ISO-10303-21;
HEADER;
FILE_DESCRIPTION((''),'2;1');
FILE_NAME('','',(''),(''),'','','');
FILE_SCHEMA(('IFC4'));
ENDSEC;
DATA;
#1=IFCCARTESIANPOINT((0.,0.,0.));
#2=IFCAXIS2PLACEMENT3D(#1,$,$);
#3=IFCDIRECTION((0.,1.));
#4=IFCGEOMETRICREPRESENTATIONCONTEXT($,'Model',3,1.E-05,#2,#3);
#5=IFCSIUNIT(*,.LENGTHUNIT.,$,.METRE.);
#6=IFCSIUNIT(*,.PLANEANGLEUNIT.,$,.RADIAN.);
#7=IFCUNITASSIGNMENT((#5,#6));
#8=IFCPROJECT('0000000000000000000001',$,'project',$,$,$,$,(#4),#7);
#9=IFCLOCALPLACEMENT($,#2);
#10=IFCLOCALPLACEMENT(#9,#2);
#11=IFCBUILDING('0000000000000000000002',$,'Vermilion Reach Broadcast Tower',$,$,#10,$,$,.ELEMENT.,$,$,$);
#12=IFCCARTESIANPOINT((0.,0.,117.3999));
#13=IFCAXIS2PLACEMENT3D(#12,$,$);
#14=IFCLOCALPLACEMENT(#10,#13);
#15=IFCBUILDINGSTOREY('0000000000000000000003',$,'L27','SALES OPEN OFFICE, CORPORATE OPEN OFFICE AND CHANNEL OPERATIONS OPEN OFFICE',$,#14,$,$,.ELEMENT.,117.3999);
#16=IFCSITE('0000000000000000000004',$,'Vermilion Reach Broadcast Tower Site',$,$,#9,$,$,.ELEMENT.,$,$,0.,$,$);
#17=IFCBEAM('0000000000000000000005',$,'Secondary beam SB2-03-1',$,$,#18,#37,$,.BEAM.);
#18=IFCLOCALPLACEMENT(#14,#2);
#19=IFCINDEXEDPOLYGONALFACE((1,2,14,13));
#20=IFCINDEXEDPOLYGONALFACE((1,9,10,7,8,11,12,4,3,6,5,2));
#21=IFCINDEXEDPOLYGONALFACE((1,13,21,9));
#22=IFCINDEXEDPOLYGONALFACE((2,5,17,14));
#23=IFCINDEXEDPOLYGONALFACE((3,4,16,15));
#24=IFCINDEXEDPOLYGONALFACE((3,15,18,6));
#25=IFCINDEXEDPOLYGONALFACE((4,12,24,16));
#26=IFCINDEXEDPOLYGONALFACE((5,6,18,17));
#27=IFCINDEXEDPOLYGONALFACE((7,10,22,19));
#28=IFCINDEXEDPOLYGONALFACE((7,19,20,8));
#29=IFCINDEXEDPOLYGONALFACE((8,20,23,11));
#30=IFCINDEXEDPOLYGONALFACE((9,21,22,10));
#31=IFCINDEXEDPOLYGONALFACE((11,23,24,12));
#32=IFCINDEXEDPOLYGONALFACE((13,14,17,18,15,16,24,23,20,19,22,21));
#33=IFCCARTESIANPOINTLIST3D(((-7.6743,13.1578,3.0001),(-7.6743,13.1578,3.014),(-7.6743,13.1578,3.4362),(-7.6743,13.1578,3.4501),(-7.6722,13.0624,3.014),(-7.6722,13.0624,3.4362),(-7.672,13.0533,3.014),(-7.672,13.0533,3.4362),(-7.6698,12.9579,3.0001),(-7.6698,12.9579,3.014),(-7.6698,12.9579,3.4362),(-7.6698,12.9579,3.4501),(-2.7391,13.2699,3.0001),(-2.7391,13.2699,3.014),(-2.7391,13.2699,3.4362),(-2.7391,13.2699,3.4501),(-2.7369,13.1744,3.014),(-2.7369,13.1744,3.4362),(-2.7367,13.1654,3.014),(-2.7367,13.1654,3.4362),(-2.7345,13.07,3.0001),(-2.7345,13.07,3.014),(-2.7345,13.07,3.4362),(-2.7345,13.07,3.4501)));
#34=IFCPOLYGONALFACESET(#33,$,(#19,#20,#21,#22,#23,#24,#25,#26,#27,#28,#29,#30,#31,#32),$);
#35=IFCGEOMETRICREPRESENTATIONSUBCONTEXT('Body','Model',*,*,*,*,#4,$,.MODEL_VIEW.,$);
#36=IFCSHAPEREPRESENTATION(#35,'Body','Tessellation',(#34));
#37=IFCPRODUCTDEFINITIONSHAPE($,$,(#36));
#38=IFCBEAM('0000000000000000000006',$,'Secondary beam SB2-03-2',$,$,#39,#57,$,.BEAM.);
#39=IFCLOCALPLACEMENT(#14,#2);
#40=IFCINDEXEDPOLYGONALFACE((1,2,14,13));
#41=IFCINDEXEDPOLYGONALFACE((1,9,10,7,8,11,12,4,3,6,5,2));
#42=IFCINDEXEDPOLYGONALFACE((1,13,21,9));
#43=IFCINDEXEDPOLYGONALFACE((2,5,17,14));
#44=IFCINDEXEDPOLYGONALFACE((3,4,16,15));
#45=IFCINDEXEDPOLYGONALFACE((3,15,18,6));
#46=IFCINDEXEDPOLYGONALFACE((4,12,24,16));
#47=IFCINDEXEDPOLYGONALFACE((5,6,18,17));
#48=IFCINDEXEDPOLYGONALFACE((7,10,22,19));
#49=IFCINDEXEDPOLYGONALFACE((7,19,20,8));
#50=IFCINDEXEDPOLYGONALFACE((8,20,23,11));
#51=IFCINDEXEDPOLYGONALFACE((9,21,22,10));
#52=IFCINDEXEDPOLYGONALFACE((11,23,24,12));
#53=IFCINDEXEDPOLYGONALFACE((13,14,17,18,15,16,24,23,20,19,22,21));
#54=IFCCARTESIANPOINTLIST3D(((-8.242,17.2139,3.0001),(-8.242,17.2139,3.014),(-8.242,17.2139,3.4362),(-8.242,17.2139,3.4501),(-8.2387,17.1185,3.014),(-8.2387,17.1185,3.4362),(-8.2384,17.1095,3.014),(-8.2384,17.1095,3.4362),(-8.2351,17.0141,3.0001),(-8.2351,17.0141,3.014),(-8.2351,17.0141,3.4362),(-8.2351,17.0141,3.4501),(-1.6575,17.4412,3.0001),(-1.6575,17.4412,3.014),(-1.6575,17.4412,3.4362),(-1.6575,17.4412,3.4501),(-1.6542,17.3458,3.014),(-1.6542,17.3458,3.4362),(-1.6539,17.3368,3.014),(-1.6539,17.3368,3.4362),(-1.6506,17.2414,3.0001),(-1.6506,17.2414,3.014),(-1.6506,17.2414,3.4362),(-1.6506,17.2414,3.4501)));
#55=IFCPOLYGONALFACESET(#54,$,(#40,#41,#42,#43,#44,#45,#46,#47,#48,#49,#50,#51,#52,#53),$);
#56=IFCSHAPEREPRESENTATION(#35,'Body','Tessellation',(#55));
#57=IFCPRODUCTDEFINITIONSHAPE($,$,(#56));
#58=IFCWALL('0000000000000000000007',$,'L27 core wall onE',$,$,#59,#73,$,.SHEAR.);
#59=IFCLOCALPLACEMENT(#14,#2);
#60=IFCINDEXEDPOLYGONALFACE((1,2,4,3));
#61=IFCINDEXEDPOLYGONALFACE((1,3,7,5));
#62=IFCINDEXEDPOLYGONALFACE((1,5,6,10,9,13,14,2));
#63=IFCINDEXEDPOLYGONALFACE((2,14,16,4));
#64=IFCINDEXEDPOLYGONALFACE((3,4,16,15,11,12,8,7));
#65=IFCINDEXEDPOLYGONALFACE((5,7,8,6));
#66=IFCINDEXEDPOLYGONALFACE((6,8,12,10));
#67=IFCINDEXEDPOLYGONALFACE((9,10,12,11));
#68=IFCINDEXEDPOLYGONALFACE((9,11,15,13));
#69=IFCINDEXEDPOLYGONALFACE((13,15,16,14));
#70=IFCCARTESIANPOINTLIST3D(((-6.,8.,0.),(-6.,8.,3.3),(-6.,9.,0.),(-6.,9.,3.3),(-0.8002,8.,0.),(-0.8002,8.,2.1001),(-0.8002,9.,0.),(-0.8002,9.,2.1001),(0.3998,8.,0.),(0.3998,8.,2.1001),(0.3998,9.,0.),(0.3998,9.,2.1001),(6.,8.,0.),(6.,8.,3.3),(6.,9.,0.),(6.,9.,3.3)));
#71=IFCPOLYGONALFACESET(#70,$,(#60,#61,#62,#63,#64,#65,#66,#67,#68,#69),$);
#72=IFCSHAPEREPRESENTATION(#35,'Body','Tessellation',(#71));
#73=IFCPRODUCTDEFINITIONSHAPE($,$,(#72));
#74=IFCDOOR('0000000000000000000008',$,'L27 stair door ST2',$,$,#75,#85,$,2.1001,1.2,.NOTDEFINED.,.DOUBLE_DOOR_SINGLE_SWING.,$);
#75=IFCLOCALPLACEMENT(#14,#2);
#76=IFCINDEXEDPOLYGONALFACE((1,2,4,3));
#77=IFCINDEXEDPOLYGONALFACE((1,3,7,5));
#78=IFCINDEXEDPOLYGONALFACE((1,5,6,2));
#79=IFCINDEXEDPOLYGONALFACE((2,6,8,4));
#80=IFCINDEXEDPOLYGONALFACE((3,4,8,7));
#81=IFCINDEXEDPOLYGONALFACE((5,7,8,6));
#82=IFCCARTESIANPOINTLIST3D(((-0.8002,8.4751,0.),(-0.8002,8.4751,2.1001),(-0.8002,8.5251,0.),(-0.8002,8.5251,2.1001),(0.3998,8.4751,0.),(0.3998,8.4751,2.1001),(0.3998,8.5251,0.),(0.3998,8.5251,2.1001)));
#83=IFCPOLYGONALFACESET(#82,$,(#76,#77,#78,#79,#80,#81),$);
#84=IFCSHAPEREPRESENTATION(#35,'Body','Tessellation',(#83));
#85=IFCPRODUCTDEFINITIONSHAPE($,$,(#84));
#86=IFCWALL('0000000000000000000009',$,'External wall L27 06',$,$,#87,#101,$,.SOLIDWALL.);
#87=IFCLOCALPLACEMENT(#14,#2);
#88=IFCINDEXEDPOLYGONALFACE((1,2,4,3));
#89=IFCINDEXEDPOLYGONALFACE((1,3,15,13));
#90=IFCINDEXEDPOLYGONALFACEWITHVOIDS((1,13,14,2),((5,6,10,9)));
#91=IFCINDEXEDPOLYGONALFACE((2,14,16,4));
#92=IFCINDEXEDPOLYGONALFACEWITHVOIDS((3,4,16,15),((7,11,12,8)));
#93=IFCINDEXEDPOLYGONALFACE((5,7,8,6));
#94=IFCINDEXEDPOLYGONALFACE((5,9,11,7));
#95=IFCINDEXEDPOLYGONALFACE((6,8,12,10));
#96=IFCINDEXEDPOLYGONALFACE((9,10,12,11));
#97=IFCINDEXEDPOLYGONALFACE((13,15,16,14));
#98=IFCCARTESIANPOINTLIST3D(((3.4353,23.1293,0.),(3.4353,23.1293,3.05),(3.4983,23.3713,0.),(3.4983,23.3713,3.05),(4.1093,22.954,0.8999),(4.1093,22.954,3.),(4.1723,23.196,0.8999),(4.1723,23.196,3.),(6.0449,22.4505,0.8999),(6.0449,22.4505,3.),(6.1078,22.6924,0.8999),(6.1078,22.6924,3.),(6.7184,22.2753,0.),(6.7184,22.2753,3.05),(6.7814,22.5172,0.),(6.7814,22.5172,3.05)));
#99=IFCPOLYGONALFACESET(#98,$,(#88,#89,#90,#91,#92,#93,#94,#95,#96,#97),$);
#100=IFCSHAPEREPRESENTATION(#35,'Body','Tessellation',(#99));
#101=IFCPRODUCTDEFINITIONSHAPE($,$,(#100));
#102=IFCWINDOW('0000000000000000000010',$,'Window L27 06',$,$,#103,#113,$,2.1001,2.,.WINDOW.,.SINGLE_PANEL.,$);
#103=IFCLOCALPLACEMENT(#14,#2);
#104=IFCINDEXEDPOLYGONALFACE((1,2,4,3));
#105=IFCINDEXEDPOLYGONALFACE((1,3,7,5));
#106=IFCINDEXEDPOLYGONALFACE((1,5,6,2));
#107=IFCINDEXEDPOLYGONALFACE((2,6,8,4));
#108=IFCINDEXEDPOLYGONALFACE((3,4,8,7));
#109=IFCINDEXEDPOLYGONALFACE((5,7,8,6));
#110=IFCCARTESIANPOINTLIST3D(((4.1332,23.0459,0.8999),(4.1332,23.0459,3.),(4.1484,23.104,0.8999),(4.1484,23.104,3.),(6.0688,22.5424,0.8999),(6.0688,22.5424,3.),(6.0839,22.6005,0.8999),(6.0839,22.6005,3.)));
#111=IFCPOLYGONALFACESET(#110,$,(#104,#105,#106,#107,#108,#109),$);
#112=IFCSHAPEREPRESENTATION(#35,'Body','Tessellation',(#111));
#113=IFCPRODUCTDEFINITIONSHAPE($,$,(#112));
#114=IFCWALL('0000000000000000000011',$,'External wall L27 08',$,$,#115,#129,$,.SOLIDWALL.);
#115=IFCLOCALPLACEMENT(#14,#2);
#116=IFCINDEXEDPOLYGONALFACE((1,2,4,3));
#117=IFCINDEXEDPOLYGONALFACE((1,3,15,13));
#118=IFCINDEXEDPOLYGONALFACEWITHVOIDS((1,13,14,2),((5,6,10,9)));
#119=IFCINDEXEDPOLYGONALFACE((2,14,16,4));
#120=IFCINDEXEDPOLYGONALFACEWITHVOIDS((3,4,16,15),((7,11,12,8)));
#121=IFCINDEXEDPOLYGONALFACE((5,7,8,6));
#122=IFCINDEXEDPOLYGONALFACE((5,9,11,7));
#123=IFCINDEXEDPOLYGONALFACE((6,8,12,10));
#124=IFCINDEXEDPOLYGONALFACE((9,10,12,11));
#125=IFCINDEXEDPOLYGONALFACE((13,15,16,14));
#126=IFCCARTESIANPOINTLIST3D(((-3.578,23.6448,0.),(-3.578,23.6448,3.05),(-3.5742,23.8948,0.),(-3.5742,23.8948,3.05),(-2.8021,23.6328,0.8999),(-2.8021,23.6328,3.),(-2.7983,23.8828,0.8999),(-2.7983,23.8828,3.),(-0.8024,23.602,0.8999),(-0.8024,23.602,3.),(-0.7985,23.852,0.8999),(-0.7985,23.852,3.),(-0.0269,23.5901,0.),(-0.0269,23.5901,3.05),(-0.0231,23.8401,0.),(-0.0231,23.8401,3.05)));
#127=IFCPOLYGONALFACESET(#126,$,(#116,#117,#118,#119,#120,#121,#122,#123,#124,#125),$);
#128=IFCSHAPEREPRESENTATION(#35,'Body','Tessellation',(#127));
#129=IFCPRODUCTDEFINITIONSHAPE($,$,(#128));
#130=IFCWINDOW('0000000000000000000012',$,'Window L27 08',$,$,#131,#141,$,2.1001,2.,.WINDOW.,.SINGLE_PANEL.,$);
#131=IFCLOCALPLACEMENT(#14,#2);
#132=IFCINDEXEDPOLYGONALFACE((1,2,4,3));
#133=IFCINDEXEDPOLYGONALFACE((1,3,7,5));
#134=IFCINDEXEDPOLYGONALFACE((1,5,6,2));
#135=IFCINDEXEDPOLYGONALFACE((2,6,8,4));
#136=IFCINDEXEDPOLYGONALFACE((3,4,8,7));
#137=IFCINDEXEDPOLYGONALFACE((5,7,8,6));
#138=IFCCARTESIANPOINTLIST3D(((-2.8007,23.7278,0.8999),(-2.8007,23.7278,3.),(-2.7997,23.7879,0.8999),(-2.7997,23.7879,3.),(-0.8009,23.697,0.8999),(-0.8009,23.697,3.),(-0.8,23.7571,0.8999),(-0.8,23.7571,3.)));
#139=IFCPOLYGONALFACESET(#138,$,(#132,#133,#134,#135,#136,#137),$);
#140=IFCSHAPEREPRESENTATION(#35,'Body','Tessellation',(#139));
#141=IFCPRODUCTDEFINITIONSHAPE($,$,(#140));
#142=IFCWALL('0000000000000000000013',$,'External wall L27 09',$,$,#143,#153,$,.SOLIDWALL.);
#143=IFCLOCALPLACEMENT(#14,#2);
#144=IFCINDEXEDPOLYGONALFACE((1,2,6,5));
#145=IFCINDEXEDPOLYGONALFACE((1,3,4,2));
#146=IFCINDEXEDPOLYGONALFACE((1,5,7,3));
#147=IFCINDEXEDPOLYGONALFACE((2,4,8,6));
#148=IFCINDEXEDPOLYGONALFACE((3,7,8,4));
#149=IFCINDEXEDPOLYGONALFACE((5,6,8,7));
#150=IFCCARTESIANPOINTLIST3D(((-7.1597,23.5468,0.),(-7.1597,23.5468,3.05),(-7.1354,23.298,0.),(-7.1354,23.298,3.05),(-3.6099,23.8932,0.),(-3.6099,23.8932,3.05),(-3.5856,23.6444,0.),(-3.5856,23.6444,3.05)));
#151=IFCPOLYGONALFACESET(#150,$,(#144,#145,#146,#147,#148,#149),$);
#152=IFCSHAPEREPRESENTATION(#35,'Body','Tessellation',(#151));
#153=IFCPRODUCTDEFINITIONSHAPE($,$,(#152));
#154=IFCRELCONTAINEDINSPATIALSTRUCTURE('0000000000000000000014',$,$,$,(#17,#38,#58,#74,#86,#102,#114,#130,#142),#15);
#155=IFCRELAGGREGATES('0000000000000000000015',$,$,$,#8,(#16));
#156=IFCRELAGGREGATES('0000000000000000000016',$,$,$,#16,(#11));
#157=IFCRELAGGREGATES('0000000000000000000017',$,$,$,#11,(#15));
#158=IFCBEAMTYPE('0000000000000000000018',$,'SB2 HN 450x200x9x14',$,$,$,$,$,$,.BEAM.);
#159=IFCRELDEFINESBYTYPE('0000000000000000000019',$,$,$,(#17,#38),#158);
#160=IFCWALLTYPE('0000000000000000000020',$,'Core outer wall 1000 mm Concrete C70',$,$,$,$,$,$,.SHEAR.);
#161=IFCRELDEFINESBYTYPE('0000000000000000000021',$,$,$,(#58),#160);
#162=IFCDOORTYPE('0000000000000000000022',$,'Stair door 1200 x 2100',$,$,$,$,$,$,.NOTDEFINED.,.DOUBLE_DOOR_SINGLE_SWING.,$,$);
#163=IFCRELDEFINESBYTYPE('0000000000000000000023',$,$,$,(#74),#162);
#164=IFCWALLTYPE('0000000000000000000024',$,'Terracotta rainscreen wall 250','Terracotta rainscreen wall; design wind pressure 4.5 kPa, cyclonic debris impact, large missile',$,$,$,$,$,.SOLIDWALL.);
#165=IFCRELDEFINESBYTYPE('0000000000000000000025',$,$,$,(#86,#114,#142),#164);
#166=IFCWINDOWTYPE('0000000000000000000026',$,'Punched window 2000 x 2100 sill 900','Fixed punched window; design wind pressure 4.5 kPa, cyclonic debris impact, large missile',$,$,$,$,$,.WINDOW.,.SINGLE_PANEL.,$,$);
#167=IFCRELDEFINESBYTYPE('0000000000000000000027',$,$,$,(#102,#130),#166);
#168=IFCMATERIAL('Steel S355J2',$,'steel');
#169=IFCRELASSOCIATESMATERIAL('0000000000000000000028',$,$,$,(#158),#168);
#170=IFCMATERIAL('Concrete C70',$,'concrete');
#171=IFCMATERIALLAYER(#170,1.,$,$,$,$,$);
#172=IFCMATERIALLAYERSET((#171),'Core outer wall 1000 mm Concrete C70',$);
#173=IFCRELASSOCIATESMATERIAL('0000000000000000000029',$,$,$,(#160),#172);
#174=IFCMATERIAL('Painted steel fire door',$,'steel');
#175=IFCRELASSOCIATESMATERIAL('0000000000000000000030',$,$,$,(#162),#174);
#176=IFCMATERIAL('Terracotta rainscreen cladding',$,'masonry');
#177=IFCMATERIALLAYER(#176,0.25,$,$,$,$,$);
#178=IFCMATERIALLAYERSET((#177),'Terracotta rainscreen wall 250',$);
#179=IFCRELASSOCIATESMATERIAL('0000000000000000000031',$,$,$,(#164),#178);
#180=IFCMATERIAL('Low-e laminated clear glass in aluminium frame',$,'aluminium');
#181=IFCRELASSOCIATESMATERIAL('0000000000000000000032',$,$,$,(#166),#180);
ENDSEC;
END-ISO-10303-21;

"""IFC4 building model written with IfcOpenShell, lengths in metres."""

from ifc_helpers import new_model, si_unit, direction, frame, frame_2d, origin, origin_2d, place, context, subcontext, project, spatial, rectangle, i_section, extrude, material, layer, layer_set, material_profile, profile_set, type_object, element, fill, save


model = new_model("IFC4")

# Units and contexts
model_context = context("Model", 3, precision=1e-05, world=origin(), true_north=direction((0.0, 1.0)))
body_context = subcontext(model_context, "Body", "Model", "MODEL_VIEW")
ifc_project = project(units=[si_unit("LENGTHUNIT", "METRE"), si_unit("PLANEANGLEUNIT", "RADIAN")], contexts=[model_context])

# Site, building, storey
site_placement = place(None, origin())
site = spatial("IfcSite", under=ifc_project, at=site_placement, Name="Vermilion Reach Broadcast Tower Site", CompositionType="ELEMENT", RefElevation=0.0)
building_placement = place(site_placement, origin())
building = spatial("IfcBuilding", under=site, at=building_placement, Name="Vermilion Reach Broadcast Tower", CompositionType="ELEMENT")
storey_placement = place(building_placement, frame((0.0, 0.0, 117.3999)))
storey = spatial("IfcBuildingStorey", under=building, at=storey_placement, Name="L27", Description="SALES OPEN OFFICE, CORPORATE OPEN OFFICE AND CHANNEL OPERATIONS OPEN OFFICE", CompositionType="ELEMENT", Elevation=117.3999)

# Beams
ifc_material_1 = material(Name="Steel S355J2", Category="steel")
ifc_material_profile_1 = material_profile(ifc_material_1, i_section(OverallWidth=0.2, OverallDepth=0.45, WebThickness=0.009, FlangeThickness=0.0139, at=origin_2d()), Name="S355J2 HN 450x200x9x14")
ifc_profile_set_1 = profile_set([ifc_material_profile_1], Name="Steel S355J2")
beam_type_1 = type_object("IfcBeamType", Name="SB2 HN 450x200x9x14", PredefinedType="BEAM", material=ifc_profile_set_1)
beam_1_placement = place(storey_placement, frame((-2.7368, 13.1699, 3.2251), z_axis=(-0.999742, -0.0227, 0.0), x_axis=(0.0227, -0.999742, 0.0)))
element("IfcBeam", 1, at=beam_1_placement, inside=storey, type_object=beam_type_1, Name="Secondary beam SB2-03-1", PredefinedType="BEAM", context=body_context, shape_type="SweptSolid", body=[
    extrude(i_section(OverallWidth=0.2, OverallDepth=0.45, WebThickness=0.009, FlangeThickness=0.0139, at=origin_2d()), origin(), (0.0, 0.0, 1.0), 4.9365),
])
beam_2_placement = place(storey_placement, frame((-1.6541, 17.3413, 3.2251), z_axis=(-0.999405, -0.034499, 0.0), x_axis=(0.034499, -0.999405, 0.0)))
element("IfcBeam", 2, at=beam_2_placement, inside=storey, type_object=beam_type_1, Name="Secondary beam SB2-03-2", PredefinedType="BEAM", context=body_context, shape_type="SweptSolid", body=[
    extrude(i_section(OverallWidth=0.2, OverallDepth=0.45, WebThickness=0.009, FlangeThickness=0.0139, at=origin_2d()), origin(), (0.0, 0.0, 1.0), 6.5884),
])

# Wall, opening, door
ifc_material_2 = material(Name="Concrete C70", Category="concrete")
ifc_layer_1 = layer(ifc_material_2, 1.0)
ifc_layer_set_1 = layer_set([ifc_layer_1], Name="Core outer wall 1000 mm Concrete C70")
wall_type_1 = type_object("IfcWallType", Name="Core outer wall 1000 mm Concrete C70", PredefinedType="SHEAR", material=ifc_layer_set_1)
wall_1_placement = place(storey_placement, frame((6.0, 8.5, 0.0), z_axis=(0.0, 0.0, 1.0), x_axis=(-1.0, 0.0, 0.0)))
wall_1 = element("IfcWall", 3, at=wall_1_placement, inside=storey, type_object=wall_type_1, Name="L27 core wall onE", PredefinedType="SHEAR", context=body_context, shape_type="SweptSolid", body=[
    extrude(rectangle(XDim=12.0, YDim=1.0, at=frame_2d((6.0, 0.0))), origin(), (0.0, 0.0, 1.0), 3.3),
])
opening_1_placement = place(wall_1_placement, frame((5.6001, 0.0, 0.0)))
opening_1 = element("IfcOpeningElement", 4, at=opening_1_placement, cuts=wall_1, PredefinedType="OPENING", context=body_context, shape_type="SweptSolid", body=[
    extrude(rectangle(XDim=1.2, YDim=2.1001, at=frame_2d((0.6001, 1.05))), frame((0.0, 0.51, 0.0), z_axis=(0.0, -1.0, 0.0), x_axis=(1.0, 0.0, 0.0)), (0.0, 0.0, 1.0), 1.02),
])
ifc_material_3 = material(Name="Painted steel fire door", Category="steel")
door_type_1 = type_object("IfcDoorType", Name="Stair door 1200 x 2100", OperationType="DOUBLE_DOOR_SINGLE_SWING", PredefinedType="NOTDEFINED", material=ifc_material_3)
door_1_placement = place(opening_1_placement, origin())
door_1 = element("IfcDoor", 5, at=door_1_placement, inside=storey, type_object=door_type_1, Name="L27 stair door ST2", OperationType="DOUBLE_DOOR_SINGLE_SWING", OverallHeight=2.1001, OverallWidth=1.2, PredefinedType="NOTDEFINED", context=body_context, shape_type="SweptSolid", body=[
    extrude(rectangle(XDim=1.2, YDim=2.1001, at=frame_2d((0.6001, 1.05))), frame((0.0, 0.0249, 0.0), z_axis=(0.0, -1.0, 0.0), x_axis=(1.0, 0.0, 0.0)), (0.0, 0.0, 1.0), 0.05),
])
fill(opening_1, door_1)

# Wall, opening, window
ifc_material_4 = material(Name="Terracotta rainscreen cladding", Category="masonry")
ifc_layer_2 = layer(ifc_material_4, 0.25)
ifc_layer_set_2 = layer_set([ifc_layer_2], Name="Terracotta rainscreen wall 250")
wall_type_2 = type_object("IfcWallType", Name="Terracotta rainscreen wall 250", Description="Terracotta rainscreen wall; design wind pressure 4.5 kPa, cyclonic debris impact, large missile", PredefinedType="SOLIDWALL", material=ifc_layer_set_2)
wall_2_placement = place(storey_placement, frame((6.75, 22.3962, 0.0), z_axis=(0.0, 0.0, 1.0), x_axis=(-0.967791, 0.251754, 0.0)))
wall_2 = element("IfcWall", 6, at=wall_2_placement, inside=storey, type_object=wall_type_2, Name="External wall L27 06", PredefinedType="SOLIDWALL", context=body_context, shape_type="SweptSolid", body=[
    extrude(rectangle(XDim=3.3923, YDim=0.25, at=frame_2d((1.6963, 0.0))), origin(), (0.0, 0.0, 1.0), 3.05),
])
opening_2_placement = place(wall_2_placement, frame((0.696, 0.0, 0.8999)))
opening_2 = element("IfcOpeningElement", 7, at=opening_2_placement, cuts=wall_2, PredefinedType="OPENING", context=body_context, shape_type="SweptSolid", body=[
    extrude(rectangle(XDim=2.0, YDim=2.1001, at=frame_2d((1.0, 1.05))), frame((0.0, 0.135, 0.0), z_axis=(0.0, -1.0, 0.0), x_axis=(1.0, 0.0, 0.0)), (0.0, 0.0, 1.0), 0.27),
])
ifc_material_5 = material(Name="Low-e laminated clear glass in aluminium frame", Category="aluminium")
window_type = type_object("IfcWindowType", Name="Punched window 2000 x 2100 sill 900", Description="Fixed punched window; design wind pressure 4.5 kPa, cyclonic debris impact, large missile", PartitioningType="SINGLE_PANEL", PredefinedType="WINDOW", material=ifc_material_5)
window_1_placement = place(opening_2_placement, origin())
window_1 = element("IfcWindow", 8, at=window_1_placement, inside=storey, type_object=window_type, Name="Window L27 06", OverallHeight=2.1001, OverallWidth=2.0, PartitioningType="SINGLE_PANEL", PredefinedType="WINDOW", context=body_context, shape_type="SweptSolid", body=[
    extrude(rectangle(XDim=2.0, YDim=2.1001, at=frame_2d((1.0, 1.05))), frame((0.0, 0.03, 0.0), z_axis=(0.0, -1.0, 0.0), x_axis=(1.0, 0.0, 0.0)), (0.0, 0.0, 1.0), 0.0601),
])
fill(opening_2, window_1)

# Wall, opening, window
wall_3_placement = place(storey_placement, frame((-0.0249, 23.7151, 0.0), z_axis=(0.0, 0.0, 1.0), x_axis=(-0.999881, 0.015399, 0.0)))
wall_3 = element("IfcWall", 9, at=wall_3_placement, inside=storey, type_object=wall_type_2, Name="External wall L27 08", PredefinedType="SOLIDWALL", context=body_context, shape_type="SweptSolid", body=[
    extrude(rectangle(XDim=3.5515, YDim=0.25, at=frame_2d((1.7759, 0.0))), origin(), (0.0, 0.0, 1.0), 3.05),
])
opening_3_placement = place(wall_3_placement, frame((0.7756, 0.0, 0.8999)))
opening_3 = element("IfcOpeningElement", 10, at=opening_3_placement, cuts=wall_3, PredefinedType="OPENING", context=body_context, shape_type="SweptSolid", body=[
    extrude(rectangle(XDim=2.0, YDim=2.1001, at=frame_2d((1.0, 1.05))), frame((0.0, 0.135, 0.0), z_axis=(0.0, -1.0, 0.0), x_axis=(1.0, 0.0, 0.0)), (0.0, 0.0, 1.0), 0.27),
])
window_2_placement = place(opening_3_placement, origin())
window_2 = element("IfcWindow", 11, at=window_2_placement, inside=storey, type_object=window_type, Name="Window L27 08", OverallHeight=2.1001, OverallWidth=2.0, PartitioningType="SINGLE_PANEL", PredefinedType="WINDOW", context=body_context, shape_type="SweptSolid", body=[
    extrude(rectangle(XDim=2.0, YDim=2.1001, at=frame_2d((1.0, 1.05))), frame((0.0, 0.03, 0.0), z_axis=(0.0, -1.0, 0.0), x_axis=(1.0, 0.0, 0.0)), (0.0, 0.0, 1.0), 0.0601),
])
fill(opening_3, window_2)

# Wall
wall_4_placement = place(storey_placement, frame((-3.5979, 23.7688, 0.0), z_axis=(0.0, 0.0, 1.0), x_axis=(-0.995272, -0.097131, 0.0)))
element("IfcWall", 12, at=wall_4_placement, inside=storey, type_object=wall_type_2, Name="External wall L27 09", PredefinedType="SOLIDWALL", context=body_context, shape_type="SweptSolid", body=[
    extrude(rectangle(XDim=3.5667, YDim=0.25, at=frame_2d((1.7832, 0.0))), origin(), (0.0, 0.0, 1.0), 3.05),
])

save(model, "model.ifc")
